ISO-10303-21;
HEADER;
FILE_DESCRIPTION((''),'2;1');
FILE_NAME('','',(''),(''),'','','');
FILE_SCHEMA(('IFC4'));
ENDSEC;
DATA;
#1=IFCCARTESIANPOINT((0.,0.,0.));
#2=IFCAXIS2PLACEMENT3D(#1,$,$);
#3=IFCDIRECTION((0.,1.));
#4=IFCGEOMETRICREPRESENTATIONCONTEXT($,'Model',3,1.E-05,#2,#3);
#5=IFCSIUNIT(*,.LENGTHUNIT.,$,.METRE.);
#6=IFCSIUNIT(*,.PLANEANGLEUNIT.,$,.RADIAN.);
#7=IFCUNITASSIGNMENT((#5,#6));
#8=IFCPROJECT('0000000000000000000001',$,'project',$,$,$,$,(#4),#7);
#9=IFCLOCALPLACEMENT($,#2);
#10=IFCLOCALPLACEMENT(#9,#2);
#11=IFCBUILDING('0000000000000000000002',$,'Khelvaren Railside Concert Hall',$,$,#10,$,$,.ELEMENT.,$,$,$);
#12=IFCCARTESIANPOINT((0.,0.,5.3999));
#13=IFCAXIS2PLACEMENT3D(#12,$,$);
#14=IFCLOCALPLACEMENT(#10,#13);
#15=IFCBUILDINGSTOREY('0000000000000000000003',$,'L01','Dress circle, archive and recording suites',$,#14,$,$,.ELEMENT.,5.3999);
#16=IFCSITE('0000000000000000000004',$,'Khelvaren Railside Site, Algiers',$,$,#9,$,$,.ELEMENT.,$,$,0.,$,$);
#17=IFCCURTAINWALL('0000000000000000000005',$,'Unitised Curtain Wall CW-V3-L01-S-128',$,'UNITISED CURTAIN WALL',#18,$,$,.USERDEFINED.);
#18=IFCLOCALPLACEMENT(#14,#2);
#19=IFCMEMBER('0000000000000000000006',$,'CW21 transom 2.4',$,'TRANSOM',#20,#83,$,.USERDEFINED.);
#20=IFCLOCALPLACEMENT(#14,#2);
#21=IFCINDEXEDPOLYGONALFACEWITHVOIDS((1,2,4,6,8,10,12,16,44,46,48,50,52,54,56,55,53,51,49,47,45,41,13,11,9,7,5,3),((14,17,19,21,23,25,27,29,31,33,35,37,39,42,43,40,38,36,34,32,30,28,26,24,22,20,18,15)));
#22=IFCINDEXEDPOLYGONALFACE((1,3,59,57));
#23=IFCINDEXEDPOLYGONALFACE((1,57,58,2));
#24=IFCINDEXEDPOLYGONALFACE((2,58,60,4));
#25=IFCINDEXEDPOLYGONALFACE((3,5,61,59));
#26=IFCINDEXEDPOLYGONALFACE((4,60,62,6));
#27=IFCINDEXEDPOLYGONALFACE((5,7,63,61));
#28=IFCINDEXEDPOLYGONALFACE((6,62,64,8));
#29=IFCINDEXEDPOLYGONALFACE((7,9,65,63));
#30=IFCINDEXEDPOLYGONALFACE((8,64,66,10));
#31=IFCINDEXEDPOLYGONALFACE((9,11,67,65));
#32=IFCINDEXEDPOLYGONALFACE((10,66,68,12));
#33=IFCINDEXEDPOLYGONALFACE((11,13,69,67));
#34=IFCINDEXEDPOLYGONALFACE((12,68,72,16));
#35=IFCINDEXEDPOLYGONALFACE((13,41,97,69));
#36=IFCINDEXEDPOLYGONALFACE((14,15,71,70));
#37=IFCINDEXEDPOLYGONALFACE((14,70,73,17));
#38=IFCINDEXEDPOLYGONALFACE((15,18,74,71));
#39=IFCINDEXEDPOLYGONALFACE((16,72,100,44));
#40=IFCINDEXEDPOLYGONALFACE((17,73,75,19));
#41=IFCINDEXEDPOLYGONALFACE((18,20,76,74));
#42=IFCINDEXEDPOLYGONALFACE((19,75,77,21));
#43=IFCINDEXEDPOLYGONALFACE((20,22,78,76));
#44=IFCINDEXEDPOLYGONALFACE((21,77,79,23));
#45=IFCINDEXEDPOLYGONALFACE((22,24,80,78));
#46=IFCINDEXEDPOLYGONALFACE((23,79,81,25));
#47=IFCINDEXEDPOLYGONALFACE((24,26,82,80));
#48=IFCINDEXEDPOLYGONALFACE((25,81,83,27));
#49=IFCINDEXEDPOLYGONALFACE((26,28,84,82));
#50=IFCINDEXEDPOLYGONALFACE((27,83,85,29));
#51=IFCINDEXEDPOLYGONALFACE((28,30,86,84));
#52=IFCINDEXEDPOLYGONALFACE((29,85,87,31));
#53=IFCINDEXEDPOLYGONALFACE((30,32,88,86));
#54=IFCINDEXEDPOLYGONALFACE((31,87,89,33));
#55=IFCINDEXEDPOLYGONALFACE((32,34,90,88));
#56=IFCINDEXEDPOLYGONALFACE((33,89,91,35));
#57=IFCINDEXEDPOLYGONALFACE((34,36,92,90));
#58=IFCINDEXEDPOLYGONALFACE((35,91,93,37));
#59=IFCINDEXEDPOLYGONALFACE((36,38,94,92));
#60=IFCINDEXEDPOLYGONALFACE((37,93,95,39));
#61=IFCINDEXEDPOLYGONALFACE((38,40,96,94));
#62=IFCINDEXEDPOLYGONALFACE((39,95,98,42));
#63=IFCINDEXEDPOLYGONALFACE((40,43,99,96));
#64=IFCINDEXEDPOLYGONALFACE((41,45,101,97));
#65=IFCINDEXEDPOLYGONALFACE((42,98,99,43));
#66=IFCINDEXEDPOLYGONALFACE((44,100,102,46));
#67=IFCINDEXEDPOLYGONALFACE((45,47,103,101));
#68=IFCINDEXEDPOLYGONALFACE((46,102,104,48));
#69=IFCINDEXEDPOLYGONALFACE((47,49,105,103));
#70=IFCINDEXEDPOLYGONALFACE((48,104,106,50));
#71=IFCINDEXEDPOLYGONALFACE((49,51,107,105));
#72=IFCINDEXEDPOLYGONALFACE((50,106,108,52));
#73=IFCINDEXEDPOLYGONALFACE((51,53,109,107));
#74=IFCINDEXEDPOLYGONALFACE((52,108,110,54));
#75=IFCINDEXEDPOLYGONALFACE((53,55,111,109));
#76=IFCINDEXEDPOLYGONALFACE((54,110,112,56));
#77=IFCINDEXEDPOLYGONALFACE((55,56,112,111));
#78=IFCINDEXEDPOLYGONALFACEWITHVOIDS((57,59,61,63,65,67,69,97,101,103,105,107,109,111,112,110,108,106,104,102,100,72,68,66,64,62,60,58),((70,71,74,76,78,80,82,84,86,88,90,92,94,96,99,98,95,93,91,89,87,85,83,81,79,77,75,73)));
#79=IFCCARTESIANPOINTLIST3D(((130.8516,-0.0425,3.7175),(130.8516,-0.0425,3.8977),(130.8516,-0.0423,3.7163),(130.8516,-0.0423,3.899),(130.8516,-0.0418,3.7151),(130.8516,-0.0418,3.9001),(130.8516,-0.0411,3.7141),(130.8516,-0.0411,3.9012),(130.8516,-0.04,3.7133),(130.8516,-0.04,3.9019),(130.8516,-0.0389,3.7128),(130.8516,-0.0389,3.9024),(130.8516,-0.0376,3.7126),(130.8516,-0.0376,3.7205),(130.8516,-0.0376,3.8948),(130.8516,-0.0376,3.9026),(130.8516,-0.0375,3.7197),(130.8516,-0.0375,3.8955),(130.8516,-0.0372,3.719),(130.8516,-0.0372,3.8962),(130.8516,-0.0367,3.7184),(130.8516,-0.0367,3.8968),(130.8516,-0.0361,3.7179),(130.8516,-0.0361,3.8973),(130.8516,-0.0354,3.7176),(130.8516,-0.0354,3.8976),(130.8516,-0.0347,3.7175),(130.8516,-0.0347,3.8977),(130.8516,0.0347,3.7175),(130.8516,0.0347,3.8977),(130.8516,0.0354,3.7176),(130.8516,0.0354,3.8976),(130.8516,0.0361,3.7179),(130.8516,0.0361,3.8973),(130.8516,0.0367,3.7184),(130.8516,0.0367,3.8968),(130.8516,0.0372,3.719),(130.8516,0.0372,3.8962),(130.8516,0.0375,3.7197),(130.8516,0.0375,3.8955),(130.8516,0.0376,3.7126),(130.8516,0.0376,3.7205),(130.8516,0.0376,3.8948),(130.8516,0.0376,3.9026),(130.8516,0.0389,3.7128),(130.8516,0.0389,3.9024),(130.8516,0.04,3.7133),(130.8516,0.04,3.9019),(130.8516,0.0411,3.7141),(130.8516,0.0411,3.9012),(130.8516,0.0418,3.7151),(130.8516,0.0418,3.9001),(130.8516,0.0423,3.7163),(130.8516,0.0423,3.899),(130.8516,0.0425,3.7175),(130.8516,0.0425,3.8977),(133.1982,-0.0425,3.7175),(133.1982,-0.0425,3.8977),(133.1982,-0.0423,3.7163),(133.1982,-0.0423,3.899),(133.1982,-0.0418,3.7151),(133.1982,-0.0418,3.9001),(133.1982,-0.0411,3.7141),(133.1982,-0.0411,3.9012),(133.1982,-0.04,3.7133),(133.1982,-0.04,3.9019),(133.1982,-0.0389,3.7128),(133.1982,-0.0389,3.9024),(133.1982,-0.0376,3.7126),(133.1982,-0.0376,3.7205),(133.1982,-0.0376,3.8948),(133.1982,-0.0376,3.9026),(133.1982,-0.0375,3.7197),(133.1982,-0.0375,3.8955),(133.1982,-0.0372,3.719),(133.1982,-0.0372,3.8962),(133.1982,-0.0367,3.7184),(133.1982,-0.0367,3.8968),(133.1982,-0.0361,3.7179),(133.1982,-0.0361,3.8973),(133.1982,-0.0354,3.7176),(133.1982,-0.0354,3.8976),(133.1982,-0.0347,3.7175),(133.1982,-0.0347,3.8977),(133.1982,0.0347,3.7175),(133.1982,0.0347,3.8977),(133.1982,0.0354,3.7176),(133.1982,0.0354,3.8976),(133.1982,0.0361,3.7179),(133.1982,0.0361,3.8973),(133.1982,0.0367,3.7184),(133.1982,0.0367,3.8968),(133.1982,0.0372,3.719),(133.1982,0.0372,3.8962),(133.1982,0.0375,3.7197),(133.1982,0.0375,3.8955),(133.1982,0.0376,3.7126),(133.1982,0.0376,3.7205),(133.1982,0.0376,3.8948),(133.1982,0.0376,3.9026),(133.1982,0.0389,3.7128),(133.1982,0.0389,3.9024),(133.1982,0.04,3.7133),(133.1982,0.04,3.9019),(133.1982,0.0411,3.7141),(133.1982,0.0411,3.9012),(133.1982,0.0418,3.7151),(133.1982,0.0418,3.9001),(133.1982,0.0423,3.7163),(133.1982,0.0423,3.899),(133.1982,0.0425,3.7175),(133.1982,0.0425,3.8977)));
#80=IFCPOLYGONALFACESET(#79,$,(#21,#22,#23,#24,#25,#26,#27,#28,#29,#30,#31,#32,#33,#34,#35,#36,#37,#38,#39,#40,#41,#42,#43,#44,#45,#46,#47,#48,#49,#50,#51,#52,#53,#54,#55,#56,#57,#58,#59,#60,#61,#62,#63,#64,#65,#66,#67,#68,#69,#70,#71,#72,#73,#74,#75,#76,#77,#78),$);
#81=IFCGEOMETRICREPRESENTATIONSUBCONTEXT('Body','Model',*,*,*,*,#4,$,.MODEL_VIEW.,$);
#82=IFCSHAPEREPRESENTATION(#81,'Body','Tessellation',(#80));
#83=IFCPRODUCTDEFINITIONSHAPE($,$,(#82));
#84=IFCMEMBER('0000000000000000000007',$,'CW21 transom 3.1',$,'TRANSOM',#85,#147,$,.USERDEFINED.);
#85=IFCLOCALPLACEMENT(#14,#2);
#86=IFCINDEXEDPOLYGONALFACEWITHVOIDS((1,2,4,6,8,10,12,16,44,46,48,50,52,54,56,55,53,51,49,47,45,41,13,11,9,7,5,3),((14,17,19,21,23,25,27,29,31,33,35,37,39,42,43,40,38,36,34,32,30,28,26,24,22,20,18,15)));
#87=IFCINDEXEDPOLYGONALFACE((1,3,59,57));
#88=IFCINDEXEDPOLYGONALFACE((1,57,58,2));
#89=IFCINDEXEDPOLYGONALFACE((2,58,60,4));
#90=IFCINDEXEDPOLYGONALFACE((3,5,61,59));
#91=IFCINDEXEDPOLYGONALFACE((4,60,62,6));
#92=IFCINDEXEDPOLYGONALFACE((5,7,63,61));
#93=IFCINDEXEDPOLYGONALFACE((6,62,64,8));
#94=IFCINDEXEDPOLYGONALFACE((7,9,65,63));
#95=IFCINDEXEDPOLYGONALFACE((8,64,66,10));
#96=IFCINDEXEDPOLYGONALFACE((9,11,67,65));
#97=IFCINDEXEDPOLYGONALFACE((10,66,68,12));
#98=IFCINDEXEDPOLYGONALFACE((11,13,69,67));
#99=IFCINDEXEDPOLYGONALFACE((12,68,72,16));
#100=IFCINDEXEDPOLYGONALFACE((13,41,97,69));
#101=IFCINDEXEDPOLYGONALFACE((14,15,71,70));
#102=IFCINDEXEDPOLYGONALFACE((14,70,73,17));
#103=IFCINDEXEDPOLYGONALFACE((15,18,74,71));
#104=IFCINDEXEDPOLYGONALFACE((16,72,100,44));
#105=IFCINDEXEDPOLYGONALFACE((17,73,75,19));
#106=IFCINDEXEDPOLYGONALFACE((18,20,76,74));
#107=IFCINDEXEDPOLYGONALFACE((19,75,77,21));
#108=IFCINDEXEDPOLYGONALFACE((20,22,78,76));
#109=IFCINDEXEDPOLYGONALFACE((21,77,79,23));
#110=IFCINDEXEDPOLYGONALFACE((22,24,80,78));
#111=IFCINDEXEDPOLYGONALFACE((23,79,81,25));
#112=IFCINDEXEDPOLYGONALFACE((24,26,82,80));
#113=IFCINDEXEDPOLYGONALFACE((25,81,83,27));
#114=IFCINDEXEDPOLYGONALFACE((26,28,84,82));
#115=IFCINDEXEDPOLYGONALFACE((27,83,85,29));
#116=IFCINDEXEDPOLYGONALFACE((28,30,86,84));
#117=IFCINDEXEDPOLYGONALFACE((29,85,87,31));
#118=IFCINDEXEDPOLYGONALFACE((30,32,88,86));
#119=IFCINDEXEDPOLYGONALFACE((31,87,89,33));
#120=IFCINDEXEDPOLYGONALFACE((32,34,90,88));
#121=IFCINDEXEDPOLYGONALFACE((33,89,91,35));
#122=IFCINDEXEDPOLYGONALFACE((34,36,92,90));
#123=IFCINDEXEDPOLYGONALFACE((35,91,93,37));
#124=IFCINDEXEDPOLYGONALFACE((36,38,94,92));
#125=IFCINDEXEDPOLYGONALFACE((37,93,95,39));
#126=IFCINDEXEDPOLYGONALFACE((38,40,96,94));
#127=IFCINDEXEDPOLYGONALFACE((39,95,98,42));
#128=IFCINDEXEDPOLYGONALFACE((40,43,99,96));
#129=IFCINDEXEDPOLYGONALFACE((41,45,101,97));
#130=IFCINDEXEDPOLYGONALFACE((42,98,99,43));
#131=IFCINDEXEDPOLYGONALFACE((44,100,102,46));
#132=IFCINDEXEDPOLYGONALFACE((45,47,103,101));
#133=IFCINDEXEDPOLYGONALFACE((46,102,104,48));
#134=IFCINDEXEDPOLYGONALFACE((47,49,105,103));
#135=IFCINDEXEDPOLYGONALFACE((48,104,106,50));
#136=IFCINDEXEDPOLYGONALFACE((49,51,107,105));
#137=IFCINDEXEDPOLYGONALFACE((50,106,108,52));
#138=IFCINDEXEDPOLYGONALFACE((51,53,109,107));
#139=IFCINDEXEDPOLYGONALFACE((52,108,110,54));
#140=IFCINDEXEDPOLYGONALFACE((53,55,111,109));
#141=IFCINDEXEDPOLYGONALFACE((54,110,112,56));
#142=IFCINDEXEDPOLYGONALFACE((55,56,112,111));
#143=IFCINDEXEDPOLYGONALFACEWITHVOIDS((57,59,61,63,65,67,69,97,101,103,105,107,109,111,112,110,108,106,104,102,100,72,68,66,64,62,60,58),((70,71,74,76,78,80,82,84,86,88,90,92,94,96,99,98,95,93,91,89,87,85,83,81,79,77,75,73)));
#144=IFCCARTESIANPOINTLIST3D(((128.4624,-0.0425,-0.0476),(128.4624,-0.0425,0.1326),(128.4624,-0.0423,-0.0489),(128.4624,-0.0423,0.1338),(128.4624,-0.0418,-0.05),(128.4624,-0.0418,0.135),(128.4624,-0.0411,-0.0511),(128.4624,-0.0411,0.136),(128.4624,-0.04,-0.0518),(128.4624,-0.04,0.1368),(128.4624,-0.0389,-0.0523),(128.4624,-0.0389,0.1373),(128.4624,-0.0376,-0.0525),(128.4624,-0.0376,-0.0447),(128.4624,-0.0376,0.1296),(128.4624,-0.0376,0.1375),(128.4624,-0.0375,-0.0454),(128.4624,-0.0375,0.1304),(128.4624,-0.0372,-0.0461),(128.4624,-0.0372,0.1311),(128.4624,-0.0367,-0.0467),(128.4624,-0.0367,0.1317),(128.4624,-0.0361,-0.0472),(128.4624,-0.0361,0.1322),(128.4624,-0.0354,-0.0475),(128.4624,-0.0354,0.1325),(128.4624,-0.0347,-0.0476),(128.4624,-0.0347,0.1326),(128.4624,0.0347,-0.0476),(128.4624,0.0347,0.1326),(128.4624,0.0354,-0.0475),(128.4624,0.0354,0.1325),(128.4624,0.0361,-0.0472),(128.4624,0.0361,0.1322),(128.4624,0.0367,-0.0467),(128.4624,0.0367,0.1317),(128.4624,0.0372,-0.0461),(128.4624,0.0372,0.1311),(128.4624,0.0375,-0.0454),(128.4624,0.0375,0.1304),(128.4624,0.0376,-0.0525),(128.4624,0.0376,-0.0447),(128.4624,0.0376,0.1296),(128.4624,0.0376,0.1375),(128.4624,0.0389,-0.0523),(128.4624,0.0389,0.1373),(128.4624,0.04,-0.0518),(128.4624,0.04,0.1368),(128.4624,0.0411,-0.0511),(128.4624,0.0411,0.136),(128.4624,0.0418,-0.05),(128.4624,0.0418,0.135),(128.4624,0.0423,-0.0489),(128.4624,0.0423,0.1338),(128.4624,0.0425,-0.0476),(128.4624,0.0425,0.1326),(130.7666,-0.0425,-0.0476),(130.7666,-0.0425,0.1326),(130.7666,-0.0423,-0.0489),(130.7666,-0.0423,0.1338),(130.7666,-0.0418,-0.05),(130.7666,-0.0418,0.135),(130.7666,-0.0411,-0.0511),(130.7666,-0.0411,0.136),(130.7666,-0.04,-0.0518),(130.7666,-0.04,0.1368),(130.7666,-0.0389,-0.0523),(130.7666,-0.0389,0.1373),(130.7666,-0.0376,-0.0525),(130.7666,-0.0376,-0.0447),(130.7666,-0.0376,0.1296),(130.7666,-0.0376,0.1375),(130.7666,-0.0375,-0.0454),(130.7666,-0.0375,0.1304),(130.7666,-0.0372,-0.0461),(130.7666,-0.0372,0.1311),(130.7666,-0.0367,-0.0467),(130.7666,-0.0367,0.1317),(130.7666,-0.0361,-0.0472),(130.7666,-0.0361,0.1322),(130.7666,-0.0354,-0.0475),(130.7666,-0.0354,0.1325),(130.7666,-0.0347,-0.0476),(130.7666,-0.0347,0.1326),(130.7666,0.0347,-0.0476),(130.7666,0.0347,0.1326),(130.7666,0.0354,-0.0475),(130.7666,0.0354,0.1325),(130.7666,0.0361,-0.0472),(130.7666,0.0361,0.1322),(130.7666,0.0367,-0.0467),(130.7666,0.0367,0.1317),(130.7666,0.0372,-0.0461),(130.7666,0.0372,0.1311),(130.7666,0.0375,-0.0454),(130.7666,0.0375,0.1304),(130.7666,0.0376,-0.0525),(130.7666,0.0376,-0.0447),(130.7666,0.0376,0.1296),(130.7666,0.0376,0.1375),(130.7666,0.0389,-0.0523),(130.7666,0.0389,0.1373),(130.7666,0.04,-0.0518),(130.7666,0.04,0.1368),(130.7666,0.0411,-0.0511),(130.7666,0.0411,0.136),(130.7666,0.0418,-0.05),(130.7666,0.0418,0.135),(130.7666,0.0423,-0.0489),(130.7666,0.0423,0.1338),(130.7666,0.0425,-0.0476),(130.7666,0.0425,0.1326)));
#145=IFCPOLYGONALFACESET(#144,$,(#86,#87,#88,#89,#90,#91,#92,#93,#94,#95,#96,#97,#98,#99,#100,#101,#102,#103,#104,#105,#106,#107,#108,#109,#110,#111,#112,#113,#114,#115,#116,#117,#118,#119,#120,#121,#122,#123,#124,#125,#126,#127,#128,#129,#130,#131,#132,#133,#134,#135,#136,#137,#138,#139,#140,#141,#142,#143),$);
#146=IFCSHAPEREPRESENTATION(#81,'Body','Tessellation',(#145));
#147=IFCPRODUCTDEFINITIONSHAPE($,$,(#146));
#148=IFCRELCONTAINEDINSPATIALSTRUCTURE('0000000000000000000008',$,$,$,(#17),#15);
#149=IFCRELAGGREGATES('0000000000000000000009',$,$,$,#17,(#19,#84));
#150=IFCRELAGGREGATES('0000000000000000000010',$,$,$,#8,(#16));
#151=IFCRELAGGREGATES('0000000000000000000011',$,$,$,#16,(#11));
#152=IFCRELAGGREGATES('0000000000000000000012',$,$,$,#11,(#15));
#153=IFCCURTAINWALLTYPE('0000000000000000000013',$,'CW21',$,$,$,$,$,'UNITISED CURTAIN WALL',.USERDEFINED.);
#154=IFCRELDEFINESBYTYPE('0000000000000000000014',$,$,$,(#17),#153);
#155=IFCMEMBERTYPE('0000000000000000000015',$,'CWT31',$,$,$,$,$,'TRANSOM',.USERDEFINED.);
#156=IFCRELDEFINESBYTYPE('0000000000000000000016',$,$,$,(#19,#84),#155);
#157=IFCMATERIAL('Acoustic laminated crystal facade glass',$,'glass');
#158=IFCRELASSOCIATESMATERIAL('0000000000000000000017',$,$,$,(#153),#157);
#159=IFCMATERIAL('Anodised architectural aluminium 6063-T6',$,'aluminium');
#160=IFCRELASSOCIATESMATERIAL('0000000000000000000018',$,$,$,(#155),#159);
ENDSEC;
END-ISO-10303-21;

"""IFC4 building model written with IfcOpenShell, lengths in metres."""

from ifc_helpers import new_model, si_unit, direction, frame, origin, origin_2d, place, context, subcontext, project, spatial, hollow_rectangle, extrude, material, material_profile, profile_set, type_object, element, aggregate, save


model = new_model("IFC4")

# Units and contexts
model_context = context("Model", 3, precision=1e-05, world=origin(), true_north=direction((0.0, 1.0)))
body_context = subcontext(model_context, "Body", "Model", "MODEL_VIEW")
ifc_project = project(units=[si_unit("LENGTHUNIT", "METRE"), si_unit("PLANEANGLEUNIT", "RADIAN")], contexts=[model_context])

# Site, building, storey
site_placement = place(None, origin())
site = spatial("IfcSite", under=ifc_project, at=site_placement, Name="Khelvaren Railside Site, Algiers", CompositionType="ELEMENT", RefElevation=0.0)
building_placement = place(site_placement, origin())
building = spatial("IfcBuilding", under=site, at=building_placement, Name="Khelvaren Railside Concert Hall", CompositionType="ELEMENT")
storey_placement = place(building_placement, frame((0.0, 0.0, 5.3999)))
storey = spatial("IfcBuildingStorey", under=building, at=storey_placement, Name="L01", Description="Dress circle, archive and recording suites", CompositionType="ELEMENT", Elevation=5.3999)

# Curtain wall, members
ifc_material_1 = material(Name="Acoustic laminated crystal facade glass", Category="glass")
curtain_wall_type = type_object("IfcCurtainWallType", Name="CW21", ElementType="UNITISED CURTAIN WALL", PredefinedType="USERDEFINED", material=ifc_material_1)
curtain_wall_placement = place(storey_placement, origin())
curtain_wall = element("IfcCurtainWall", 1, at=curtain_wall_placement, inside=storey, type_object=curtain_wall_type, Name="Unitised Curtain Wall CW-V3-L01-S-128", ObjectType="UNITISED CURTAIN WALL", PredefinedType="USERDEFINED")
ifc_material_2 = material(Name="Anodised architectural aluminium 6063-T6", Category="aluminium")
ifc_material_profile_1 = material_profile(ifc_material_2, hollow_rectangle(XDim=0.085, YDim=0.1899, WallThickness=0.0049, InnerFilletRadius=0.0029, OuterFilletRadius=0.0049, at=origin_2d()), Name="CWT 85x190x5")
ifc_profile_set_1 = profile_set([ifc_material_profile_1], Name="Anodised architectural aluminium 6063-T6")
member_type_1 = type_object("IfcMemberType", Name="CWT31", ElementType="TRANSOM", PredefinedType="USERDEFINED", material=ifc_profile_set_1)
member_1_placement = place(storey_placement, frame((133.1982, 0.0, 3.8076), z_axis=(-1.0, 0.0, 0.0), x_axis=(0.0, -1.0, 0.0)))
member_1 = element("IfcMember", 2, at=member_1_placement, type_object=member_type_1, Name="CW21 transom 2.4", ObjectType="TRANSOM", PredefinedType="USERDEFINED", context=body_context, shape_type="SweptSolid", body=[
    extrude(hollow_rectangle(XDim=0.085, YDim=0.1899, WallThickness=0.0049, InnerFilletRadius=0.0029, OuterFilletRadius=0.0049, at=origin_2d()), origin(), (0.0, 0.0, 1.0), 2.3467),
])
member_2_placement = place(storey_placement, frame((130.7666, 0.0, 0.0425), z_axis=(-1.0, 0.0, 0.0), x_axis=(0.0, -1.0, 0.0)))
member_2 = element("IfcMember", 3, at=member_2_placement, type_object=member_type_1, Name="CW21 transom 3.1", ObjectType="TRANSOM", PredefinedType="USERDEFINED", context=body_context, shape_type="SweptSolid", body=[
    extrude(hollow_rectangle(XDim=0.085, YDim=0.1899, WallThickness=0.0049, InnerFilletRadius=0.0029, OuterFilletRadius=0.0049, at=origin_2d()), origin(), (0.0, 0.0, 1.0), 2.3042),
])

aggregate(curtain_wall, [member_1, member_2])

save(model, "model.ifc")
